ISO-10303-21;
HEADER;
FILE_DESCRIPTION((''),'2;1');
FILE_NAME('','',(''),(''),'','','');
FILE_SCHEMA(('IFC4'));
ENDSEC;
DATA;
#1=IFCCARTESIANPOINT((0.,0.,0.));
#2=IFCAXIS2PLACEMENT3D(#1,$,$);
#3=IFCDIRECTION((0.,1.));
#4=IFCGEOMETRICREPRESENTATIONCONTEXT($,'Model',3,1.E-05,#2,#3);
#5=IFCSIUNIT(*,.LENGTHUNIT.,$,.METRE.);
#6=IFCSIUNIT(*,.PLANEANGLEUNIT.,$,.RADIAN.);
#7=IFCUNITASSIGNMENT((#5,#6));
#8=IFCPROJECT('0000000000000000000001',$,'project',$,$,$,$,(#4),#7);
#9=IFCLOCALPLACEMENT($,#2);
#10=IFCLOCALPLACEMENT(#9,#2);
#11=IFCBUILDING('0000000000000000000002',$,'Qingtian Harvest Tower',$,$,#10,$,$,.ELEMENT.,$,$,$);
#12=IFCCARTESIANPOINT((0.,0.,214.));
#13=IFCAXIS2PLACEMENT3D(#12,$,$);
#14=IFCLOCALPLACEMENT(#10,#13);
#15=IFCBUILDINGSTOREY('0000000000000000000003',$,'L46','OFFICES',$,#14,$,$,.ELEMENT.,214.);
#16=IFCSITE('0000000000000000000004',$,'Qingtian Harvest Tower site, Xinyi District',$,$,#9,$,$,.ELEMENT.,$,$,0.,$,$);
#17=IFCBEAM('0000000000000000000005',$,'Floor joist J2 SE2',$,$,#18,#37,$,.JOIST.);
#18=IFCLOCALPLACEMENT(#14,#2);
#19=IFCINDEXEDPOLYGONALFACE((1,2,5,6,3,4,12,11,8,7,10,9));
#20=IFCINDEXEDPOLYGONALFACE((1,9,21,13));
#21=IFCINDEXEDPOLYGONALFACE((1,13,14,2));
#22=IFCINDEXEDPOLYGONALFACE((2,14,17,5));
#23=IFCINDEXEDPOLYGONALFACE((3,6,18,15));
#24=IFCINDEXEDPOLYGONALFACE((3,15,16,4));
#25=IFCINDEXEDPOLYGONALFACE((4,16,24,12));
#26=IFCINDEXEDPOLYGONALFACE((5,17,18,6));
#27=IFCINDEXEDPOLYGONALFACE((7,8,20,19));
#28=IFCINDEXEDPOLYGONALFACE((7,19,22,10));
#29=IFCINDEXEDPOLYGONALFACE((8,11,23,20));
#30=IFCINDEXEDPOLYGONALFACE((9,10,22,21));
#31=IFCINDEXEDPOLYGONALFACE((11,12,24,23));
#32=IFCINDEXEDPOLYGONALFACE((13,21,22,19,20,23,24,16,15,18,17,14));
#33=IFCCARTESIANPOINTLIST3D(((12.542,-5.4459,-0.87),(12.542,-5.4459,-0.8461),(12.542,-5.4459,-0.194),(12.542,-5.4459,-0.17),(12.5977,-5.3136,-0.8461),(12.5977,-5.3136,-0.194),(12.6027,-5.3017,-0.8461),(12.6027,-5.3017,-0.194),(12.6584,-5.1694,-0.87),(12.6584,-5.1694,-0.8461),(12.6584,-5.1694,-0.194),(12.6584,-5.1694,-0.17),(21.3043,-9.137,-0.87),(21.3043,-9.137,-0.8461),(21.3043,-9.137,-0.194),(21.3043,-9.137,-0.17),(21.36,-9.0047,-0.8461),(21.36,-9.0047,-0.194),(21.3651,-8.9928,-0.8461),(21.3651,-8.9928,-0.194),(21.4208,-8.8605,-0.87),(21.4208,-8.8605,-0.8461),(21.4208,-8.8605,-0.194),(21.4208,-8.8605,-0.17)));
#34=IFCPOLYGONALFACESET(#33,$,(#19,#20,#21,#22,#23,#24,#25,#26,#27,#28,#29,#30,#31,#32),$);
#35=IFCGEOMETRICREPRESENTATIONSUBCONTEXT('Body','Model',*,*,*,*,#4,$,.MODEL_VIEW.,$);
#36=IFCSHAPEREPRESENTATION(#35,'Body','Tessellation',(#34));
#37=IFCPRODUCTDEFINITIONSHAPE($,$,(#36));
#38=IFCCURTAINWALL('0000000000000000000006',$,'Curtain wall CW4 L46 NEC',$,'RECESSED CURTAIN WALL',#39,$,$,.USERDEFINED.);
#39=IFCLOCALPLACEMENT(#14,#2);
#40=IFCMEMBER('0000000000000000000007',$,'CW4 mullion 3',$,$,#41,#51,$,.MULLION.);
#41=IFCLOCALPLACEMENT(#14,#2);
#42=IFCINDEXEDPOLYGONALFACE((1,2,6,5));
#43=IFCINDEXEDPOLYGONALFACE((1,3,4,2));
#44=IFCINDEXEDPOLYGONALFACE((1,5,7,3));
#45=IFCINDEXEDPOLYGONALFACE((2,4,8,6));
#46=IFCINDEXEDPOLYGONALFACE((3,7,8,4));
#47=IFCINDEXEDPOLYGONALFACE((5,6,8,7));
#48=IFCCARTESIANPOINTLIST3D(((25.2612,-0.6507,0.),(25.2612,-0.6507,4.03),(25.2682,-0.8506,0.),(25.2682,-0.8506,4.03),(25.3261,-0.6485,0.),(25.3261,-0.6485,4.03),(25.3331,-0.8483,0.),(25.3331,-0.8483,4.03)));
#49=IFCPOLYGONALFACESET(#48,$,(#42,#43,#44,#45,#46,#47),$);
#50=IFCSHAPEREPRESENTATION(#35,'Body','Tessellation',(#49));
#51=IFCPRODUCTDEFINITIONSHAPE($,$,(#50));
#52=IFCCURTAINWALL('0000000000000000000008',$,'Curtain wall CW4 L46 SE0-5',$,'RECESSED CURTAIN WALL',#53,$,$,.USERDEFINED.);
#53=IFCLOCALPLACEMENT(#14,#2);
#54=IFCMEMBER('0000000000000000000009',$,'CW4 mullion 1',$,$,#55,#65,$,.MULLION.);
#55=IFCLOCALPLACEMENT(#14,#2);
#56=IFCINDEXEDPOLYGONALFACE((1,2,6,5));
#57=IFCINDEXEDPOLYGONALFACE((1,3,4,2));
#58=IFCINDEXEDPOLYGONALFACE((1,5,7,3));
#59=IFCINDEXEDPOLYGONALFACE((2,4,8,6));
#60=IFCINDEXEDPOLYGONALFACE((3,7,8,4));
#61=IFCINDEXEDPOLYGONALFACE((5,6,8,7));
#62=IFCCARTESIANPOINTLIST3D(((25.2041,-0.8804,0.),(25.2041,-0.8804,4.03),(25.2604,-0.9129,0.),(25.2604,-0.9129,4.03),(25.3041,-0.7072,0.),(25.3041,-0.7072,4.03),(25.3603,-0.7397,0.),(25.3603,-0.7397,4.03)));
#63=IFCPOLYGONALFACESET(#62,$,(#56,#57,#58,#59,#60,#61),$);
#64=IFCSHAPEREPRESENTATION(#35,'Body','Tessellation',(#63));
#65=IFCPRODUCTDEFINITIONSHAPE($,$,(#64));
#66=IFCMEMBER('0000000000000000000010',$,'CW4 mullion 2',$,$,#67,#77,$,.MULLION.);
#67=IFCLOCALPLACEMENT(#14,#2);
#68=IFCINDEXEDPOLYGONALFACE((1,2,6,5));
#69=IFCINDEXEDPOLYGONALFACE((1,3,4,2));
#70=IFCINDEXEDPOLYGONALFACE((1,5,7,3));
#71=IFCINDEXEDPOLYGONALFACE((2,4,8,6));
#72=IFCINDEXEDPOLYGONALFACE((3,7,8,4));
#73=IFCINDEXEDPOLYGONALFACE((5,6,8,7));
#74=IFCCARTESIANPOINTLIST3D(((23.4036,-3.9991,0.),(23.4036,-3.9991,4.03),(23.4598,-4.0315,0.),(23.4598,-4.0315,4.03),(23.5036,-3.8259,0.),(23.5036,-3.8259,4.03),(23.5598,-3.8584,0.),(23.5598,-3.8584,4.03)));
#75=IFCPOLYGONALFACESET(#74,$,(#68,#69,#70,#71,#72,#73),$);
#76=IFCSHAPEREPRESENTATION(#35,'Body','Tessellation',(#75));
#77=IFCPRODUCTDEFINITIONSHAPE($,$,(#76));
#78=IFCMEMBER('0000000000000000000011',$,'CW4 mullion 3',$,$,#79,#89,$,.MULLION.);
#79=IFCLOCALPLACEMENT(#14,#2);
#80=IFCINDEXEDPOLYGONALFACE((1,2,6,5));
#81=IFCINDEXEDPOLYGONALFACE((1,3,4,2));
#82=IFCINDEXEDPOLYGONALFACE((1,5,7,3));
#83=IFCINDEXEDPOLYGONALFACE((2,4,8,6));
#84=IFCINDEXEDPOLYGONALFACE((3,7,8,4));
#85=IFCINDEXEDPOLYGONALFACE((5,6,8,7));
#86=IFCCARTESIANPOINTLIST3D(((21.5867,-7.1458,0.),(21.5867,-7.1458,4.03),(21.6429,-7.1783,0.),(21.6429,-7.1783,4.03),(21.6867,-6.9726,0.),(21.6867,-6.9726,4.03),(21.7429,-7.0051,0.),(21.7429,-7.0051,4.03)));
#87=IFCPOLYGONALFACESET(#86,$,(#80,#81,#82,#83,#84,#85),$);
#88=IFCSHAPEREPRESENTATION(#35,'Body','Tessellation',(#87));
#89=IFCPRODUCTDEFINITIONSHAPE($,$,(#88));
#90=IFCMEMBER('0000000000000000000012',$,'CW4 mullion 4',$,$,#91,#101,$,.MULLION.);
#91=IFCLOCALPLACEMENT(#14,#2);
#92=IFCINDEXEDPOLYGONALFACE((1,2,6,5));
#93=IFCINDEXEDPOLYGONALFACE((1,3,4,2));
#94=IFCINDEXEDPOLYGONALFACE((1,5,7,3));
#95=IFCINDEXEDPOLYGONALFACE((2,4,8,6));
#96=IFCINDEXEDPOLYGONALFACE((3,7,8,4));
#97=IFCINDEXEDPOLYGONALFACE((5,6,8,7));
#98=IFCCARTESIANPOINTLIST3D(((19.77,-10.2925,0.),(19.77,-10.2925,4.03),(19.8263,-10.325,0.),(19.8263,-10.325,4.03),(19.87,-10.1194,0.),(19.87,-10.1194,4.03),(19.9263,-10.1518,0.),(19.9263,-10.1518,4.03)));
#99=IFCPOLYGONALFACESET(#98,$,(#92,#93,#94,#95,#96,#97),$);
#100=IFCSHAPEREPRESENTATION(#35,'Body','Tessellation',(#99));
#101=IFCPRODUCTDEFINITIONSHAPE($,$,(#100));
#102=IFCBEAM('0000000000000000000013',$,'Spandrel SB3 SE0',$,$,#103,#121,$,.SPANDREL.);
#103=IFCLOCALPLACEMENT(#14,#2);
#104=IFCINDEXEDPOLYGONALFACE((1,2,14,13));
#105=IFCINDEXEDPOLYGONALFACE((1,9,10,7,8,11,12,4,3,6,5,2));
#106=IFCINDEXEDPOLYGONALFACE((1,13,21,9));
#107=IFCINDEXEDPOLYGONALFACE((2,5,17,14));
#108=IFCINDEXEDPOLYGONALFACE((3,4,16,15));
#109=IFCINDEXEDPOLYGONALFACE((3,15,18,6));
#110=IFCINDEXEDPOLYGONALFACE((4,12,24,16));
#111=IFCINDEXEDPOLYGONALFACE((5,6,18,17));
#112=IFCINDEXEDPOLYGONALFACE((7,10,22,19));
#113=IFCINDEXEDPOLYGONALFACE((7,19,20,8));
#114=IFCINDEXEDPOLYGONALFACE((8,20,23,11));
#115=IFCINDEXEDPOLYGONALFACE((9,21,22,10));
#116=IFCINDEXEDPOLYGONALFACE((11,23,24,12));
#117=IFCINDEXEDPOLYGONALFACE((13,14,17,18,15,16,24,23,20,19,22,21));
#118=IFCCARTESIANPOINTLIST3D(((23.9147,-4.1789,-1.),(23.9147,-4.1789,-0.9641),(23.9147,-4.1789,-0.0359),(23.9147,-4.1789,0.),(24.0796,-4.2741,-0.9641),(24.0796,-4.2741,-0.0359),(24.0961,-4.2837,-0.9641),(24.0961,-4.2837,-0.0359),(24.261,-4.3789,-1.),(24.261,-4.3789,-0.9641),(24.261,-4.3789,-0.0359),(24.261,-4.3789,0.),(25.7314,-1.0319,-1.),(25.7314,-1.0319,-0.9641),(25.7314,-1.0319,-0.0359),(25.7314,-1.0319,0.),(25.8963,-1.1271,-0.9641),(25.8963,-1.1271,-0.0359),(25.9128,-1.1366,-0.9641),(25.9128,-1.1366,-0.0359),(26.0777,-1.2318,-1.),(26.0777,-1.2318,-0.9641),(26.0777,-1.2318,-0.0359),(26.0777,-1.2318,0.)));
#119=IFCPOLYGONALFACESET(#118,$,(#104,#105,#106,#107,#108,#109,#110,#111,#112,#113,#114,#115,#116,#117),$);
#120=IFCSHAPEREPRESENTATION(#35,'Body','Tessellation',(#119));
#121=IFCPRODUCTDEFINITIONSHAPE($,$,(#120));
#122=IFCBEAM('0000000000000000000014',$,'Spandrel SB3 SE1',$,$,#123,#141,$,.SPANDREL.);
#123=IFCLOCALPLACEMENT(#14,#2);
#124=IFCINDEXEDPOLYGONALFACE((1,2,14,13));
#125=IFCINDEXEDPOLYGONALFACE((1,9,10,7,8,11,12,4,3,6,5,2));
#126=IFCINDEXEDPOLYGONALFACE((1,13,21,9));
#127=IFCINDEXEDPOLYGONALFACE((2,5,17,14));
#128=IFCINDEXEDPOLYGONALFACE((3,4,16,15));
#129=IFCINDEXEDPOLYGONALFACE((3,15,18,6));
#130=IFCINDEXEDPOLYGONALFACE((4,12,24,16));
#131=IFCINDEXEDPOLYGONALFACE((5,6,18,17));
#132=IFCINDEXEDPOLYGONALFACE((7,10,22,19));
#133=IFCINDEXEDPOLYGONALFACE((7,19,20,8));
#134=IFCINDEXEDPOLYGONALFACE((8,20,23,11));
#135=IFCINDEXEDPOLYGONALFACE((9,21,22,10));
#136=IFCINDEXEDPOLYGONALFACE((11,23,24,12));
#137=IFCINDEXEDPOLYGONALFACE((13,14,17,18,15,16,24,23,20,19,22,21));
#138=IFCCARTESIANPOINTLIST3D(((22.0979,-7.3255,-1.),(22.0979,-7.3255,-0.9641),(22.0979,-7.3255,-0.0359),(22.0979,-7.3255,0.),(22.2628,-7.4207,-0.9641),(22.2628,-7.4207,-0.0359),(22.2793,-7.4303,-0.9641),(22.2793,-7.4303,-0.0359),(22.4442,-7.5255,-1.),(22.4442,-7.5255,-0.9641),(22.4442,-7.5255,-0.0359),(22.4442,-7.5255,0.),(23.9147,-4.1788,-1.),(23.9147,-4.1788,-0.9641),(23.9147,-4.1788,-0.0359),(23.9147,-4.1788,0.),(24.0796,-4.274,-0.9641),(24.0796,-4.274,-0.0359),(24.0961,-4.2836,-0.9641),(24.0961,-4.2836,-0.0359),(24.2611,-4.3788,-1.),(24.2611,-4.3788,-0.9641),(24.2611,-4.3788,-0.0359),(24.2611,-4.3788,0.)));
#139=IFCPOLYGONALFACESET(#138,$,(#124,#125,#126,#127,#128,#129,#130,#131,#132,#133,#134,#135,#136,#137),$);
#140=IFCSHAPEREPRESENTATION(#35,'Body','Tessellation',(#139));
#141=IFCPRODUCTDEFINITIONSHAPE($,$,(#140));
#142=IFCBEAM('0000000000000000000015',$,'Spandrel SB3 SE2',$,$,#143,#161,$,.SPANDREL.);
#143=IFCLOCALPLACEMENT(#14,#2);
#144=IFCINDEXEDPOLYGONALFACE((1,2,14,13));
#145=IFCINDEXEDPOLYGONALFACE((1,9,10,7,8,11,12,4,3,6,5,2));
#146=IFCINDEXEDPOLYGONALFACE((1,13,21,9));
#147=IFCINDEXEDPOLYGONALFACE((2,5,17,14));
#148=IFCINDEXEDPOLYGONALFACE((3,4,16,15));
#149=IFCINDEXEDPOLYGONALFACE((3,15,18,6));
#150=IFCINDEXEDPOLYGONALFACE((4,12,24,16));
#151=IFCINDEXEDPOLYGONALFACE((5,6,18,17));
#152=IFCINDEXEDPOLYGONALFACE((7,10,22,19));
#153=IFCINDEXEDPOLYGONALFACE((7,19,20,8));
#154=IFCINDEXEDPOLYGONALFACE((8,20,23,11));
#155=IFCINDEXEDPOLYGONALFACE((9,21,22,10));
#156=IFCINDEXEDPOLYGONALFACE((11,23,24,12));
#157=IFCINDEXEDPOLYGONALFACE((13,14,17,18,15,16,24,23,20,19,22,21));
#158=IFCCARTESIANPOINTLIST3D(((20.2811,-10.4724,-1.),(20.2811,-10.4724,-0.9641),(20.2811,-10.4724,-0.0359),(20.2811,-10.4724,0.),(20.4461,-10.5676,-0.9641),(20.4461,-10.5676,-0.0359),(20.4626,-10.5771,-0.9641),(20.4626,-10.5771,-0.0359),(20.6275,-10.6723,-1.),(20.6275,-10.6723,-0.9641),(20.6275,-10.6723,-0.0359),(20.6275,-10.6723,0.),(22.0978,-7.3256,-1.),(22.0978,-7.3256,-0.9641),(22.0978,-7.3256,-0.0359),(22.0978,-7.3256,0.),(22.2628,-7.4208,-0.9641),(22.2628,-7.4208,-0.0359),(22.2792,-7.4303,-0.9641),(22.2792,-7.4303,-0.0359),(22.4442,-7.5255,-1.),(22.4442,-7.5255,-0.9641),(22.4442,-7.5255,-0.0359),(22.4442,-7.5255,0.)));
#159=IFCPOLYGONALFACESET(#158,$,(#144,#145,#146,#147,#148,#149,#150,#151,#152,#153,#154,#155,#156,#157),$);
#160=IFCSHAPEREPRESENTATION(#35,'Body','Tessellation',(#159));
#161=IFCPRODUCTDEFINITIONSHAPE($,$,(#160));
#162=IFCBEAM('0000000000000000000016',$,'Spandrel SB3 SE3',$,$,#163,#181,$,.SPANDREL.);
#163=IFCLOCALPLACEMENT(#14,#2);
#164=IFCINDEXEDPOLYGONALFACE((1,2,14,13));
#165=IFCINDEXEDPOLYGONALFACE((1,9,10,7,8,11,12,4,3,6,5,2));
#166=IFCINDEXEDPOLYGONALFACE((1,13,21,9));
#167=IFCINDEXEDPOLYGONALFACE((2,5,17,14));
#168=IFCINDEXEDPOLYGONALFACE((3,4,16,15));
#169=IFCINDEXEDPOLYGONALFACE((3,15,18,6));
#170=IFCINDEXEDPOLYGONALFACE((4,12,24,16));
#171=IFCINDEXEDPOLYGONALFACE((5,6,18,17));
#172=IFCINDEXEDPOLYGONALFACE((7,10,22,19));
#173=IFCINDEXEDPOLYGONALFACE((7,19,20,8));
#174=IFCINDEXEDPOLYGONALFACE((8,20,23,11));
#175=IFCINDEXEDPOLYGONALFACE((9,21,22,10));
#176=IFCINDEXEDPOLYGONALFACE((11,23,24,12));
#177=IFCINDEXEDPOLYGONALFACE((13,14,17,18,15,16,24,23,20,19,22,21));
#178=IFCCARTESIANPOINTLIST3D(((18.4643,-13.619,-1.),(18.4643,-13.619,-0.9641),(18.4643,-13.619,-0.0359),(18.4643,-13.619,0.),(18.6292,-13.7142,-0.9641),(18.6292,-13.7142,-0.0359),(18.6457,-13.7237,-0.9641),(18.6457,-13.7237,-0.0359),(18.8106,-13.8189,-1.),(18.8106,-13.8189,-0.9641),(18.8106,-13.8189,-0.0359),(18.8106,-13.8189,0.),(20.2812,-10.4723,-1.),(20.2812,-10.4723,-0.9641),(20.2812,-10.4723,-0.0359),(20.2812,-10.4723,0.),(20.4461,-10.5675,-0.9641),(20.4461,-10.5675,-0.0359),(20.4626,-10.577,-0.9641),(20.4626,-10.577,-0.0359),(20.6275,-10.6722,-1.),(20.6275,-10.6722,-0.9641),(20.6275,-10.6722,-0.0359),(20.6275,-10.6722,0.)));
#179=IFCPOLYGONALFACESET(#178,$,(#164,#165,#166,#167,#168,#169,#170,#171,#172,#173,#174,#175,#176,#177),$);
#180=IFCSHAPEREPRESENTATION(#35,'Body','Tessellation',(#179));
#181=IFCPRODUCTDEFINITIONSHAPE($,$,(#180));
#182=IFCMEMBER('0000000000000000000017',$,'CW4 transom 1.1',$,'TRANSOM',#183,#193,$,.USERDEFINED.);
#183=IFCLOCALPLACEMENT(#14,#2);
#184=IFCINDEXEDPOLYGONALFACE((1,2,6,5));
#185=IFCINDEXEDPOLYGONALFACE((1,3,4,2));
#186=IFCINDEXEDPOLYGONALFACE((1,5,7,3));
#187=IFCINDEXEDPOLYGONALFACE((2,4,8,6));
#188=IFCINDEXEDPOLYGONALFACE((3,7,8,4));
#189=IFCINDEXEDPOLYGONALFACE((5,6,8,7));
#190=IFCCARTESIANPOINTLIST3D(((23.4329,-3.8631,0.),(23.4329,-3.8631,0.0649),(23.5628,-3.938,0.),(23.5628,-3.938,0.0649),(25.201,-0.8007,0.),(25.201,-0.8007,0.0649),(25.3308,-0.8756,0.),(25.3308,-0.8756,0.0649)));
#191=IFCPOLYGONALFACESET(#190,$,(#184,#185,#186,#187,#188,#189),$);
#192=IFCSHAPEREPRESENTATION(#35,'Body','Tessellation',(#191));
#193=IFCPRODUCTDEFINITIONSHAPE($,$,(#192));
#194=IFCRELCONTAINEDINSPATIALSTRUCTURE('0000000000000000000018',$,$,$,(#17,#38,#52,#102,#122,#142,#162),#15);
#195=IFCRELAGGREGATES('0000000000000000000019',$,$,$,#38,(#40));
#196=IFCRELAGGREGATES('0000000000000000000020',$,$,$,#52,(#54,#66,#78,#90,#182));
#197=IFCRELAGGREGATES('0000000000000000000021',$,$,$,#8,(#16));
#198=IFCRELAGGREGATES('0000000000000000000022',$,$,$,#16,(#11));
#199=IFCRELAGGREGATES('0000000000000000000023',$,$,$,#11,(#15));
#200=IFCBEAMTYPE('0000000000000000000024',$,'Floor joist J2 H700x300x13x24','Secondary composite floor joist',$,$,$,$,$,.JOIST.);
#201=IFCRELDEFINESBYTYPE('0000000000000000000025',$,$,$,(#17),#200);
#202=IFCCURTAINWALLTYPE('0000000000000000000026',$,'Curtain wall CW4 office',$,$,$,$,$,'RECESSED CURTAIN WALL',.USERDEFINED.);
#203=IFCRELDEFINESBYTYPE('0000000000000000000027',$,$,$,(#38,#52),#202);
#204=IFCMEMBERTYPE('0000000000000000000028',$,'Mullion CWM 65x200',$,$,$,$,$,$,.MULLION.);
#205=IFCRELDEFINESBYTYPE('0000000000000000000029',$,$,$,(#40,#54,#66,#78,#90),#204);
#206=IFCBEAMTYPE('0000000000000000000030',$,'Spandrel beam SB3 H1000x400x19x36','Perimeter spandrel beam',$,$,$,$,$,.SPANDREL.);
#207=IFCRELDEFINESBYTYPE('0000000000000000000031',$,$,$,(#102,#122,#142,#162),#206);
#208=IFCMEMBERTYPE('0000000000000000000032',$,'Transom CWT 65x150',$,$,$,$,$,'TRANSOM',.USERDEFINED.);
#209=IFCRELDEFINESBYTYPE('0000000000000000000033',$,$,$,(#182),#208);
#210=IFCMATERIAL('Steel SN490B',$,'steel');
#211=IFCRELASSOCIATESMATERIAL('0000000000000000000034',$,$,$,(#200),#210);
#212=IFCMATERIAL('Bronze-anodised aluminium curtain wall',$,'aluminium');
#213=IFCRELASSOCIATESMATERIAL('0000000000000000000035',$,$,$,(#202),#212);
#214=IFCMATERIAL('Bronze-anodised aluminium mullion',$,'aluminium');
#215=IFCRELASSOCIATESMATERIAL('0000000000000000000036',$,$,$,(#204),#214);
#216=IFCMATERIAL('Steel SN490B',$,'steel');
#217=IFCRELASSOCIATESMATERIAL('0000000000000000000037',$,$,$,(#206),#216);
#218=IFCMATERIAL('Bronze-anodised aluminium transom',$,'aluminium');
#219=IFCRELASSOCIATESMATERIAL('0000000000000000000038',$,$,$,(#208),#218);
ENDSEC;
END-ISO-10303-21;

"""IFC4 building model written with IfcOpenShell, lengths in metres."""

from ifc_helpers import new_model, si_unit, direction, frame, origin, origin_2d, place, context, subcontext, project, spatial, rectangle, i_section, extrude, material, material_profile, profile_set, type_object, element, aggregate, save


model = new_model("IFC4")

# Units and contexts
model_context = context("Model", 3, precision=1e-05, world=origin(), true_north=direction((0.0, 1.0)))
body_context = subcontext(model_context, "Body", "Model", "MODEL_VIEW")
ifc_project = project(units=[si_unit("LENGTHUNIT", "METRE"), si_unit("PLANEANGLEUNIT", "RADIAN")], contexts=[model_context])

# Site, building, storey
site_placement = place(None, origin())
site = spatial("IfcSite", under=ifc_project, at=site_placement, Name="Qingtian Harvest Tower site, Xinyi District", CompositionType="ELEMENT", RefElevation=0.0)
building_placement = place(site_placement, origin())
building = spatial("IfcBuilding", under=site, at=building_placement, Name="Qingtian Harvest Tower", CompositionType="ELEMENT")
storey_placement = place(building_placement, frame((0.0, 0.0, 214.0)))
storey = spatial("IfcBuildingStorey", under=building, at=storey_placement, Name="L46", Description="OFFICES", CompositionType="ELEMENT", Elevation=214.0)

# Beam
ifc_material_1 = material(Name="Steel SN490B", Category="steel")
ifc_material_profile_1 = material_profile(ifc_material_1, i_section(OverallWidth=0.3, OverallDepth=0.7, WebThickness=0.0129, FlangeThickness=0.0239, at=origin_2d()), Name="H700x300x13x24")
ifc_profile_set_1 = profile_set([ifc_material_profile_1], Name="Steel SN490B")
beam_type_1 = type_object("IfcBeamType", Name="Floor joist J2 H700x300x13x24", Description="Secondary composite floor joist", PredefinedType="JOIST", material=ifc_profile_set_1)
beam_1_placement = place(storey_placement, frame((21.3625, -8.9988, -0.52), z_axis=(-0.921571, 0.38821, 0.0), x_axis=(-0.38821, -0.921571, 0.0)))
element("IfcBeam", 1, at=beam_1_placement, inside=storey, type_object=beam_type_1, Name="Floor joist J2 SE2", PredefinedType="JOIST", context=body_context, shape_type="SweptSolid", body=[
    extrude(i_section(OverallWidth=0.3, OverallDepth=0.7, WebThickness=0.0129, FlangeThickness=0.0239, at=origin_2d()), origin(), (0.0, 0.0, 1.0), 9.5081),
])

# Curtain wall, member
ifc_material_2 = material(Name="Bronze-anodised aluminium curtain wall", Category="aluminium")
curtain_wall_type = type_object("IfcCurtainWallType", Name="Curtain wall CW4 office", ElementType="RECESSED CURTAIN WALL", PredefinedType="USERDEFINED", material=ifc_material_2)
curtain_wall_1_placement = place(storey_placement, origin())
curtain_wall_1 = element("IfcCurtainWall", 2, at=curtain_wall_1_placement, inside=storey, type_object=curtain_wall_type, Name="Curtain wall CW4 L46 NEC", ObjectType="RECESSED CURTAIN WALL", PredefinedType="USERDEFINED")
ifc_material_3 = material(Name="Bronze-anodised aluminium mullion", Category="aluminium")
ifc_material_profile_2 = material_profile(ifc_material_3, rectangle(XDim=0.0649, YDim=0.2, at=origin_2d()), Name="AL 65x200")
ifc_profile_set_2 = profile_set([ifc_material_profile_2], Name="Bronze-anodised aluminium mullion")
member_type_1 = type_object("IfcMemberType", Name="Mullion CWM 65x200", PredefinedType="MULLION", material=ifc_profile_set_2)
member_1_placement = place(storey_placement, frame((25.2971, -0.7495, 0.0), z_axis=(0.0, 0.0, 1.0), x_axis=(0.999391, 0.034899, 0.0)))
member_1 = element("IfcMember", 3, at=member_1_placement, type_object=member_type_1, Name="CW4 mullion 3", PredefinedType="MULLION", context=body_context, shape_type="SweptSolid", body=[
    extrude(rectangle(XDim=0.0649, YDim=0.2, at=origin_2d()), origin(), (0.0, 0.0, 1.0), 4.03),
])
aggregate(curtain_wall_1, [member_1])

# Curtain wall, members
curtain_wall_2_placement = place(storey_placement, origin())
curtain_wall_2 = element("IfcCurtainWall", 4, at=curtain_wall_2_placement, inside=storey, type_object=curtain_wall_type, Name="Curtain wall CW4 L46 SE0-5", ObjectType="RECESSED CURTAIN WALL", PredefinedType="USERDEFINED")
member_2_placement = place(storey_placement, frame((25.2822, -0.8101, 0.0), z_axis=(0.0, 0.0, 1.0), x_axis=(0.866025, -0.5, 0.0)))
member_2 = element("IfcMember", 5, at=member_2_placement, type_object=member_type_1, Name="CW4 mullion 1", PredefinedType="MULLION", context=body_context, shape_type="SweptSolid", body=[
    extrude(rectangle(XDim=0.0649, YDim=0.2, at=origin_2d()), origin(), (0.0, 0.0, 1.0), 4.03),
])
member_3_placement = place(storey_placement, frame((23.4817, -3.9287, 0.0), z_axis=(0.0, 0.0, 1.0), x_axis=(0.866025, -0.5, 0.0)))
member_3 = element("IfcMember", 6, at=member_3_placement, type_object=member_type_1, Name="CW4 mullion 2", PredefinedType="MULLION", context=body_context, shape_type="SweptSolid", body=[
    extrude(rectangle(XDim=0.0649, YDim=0.2, at=origin_2d()), origin(), (0.0, 0.0, 1.0), 4.03),
])
member_4_placement = place(storey_placement, frame((21.6648, -7.0754, 0.0), z_axis=(0.0, 0.0, 1.0), x_axis=(0.866025, -0.5, 0.0)))
member_4 = element("IfcMember", 7, at=member_4_placement, type_object=member_type_1, Name="CW4 mullion 3", PredefinedType="MULLION", context=body_context, shape_type="SweptSolid", body=[
    extrude(rectangle(XDim=0.0649, YDim=0.2, at=origin_2d()), origin(), (0.0, 0.0, 1.0), 4.03),
])
member_5_placement = place(storey_placement, frame((19.8481, -10.2222, 0.0), z_axis=(0.0, 0.0, 1.0), x_axis=(0.866025, -0.5, 0.0)))
member_5 = element("IfcMember", 8, at=member_5_placement, type_object=member_type_1, Name="CW4 mullion 4", PredefinedType="MULLION", context=body_context, shape_type="SweptSolid", body=[
    extrude(rectangle(XDim=0.0649, YDim=0.2, at=origin_2d()), origin(), (0.0, 0.0, 1.0), 4.03),
])

# Beams
ifc_material_4 = material(Name="Steel SN490B", Category="steel")
ifc_material_profile_3 = material_profile(ifc_material_4, i_section(OverallWidth=0.3999, OverallDepth=1.0, WebThickness=0.019, FlangeThickness=0.0359, at=origin_2d()), Name="H1000x400x19x36")
ifc_profile_set_3 = profile_set([ifc_material_profile_3], Name="Steel SN490B")
beam_type_2 = type_object("IfcBeamType", Name="Spandrel beam SB3 H1000x400x19x36", Description="Perimeter spandrel beam", PredefinedType="SPANDREL", material=ifc_profile_set_3)
beam_2_placement = place(storey_placement, frame((25.9045, -1.1318, -0.5), z_axis=(-0.499947, -0.866056, 0.0), x_axis=(0.866056, -0.499947, 0.0)))
element("IfcBeam", 9, at=beam_2_placement, inside=storey, type_object=beam_type_2, Name="Spandrel SB3 SE0", PredefinedType="SPANDREL", context=body_context, shape_type="SweptSolid", body=[
    extrude(i_section(OverallWidth=0.3999, OverallDepth=1.0, WebThickness=0.019, FlangeThickness=0.0359, at=origin_2d()), origin(), (0.0, 0.0, 1.0), 3.6338),
])
for number, where, z_axis, x_axis, name in (
    (10, (24.0879, -4.2788, -0.5), (-0.500027, -0.86601, 0.0), (0.86601, -0.500027, 0.0), "Spandrel SB3 SE1"),
    (11, (22.271, -7.4255, -0.5), (-0.499976, -0.866039, 0.0), (0.866039, -0.499976, 0.0), "Spandrel SB3 SE2"),
    (12, (20.4543, -10.5723, -0.5), (-0.500027, -0.86601, 0.0), (0.86601, -0.500027, 0.0), "Spandrel SB3 SE3"),
):
    element("IfcBeam", number, at=place(storey_placement, frame(where, z_axis=z_axis, x_axis=x_axis)), inside=storey, type_object=beam_type_2, Name=name, PredefinedType="SPANDREL", context=body_context, shape_type="SweptSolid", body=[
        extrude(i_section(OverallWidth=0.3999, OverallDepth=1.0, WebThickness=0.019, FlangeThickness=0.0359, at=origin_2d()), origin(), (0.0, 0.0, 1.0), 3.6335),
    ])

# Member
ifc_material_5 = material(Name="Bronze-anodised aluminium transom", Category="aluminium")
ifc_material_profile_4 = material_profile(ifc_material_5, rectangle(XDim=0.1499, YDim=0.0649, at=origin_2d()), Name="AL 65x150")
ifc_profile_set_4 = profile_set([ifc_material_profile_4], Name="Bronze-anodised aluminium transom")
member_type_2 = type_object("IfcMemberType", Name="Transom CWT 65x150", ElementType="TRANSOM", PredefinedType="USERDEFINED", material=ifc_profile_set_4)
member_6_placement = place(storey_placement, frame((25.2659, -0.8381, 0.0325), z_axis=(-0.499985, -0.866034, 0.0), x_axis=(0.866034, -0.499985, 0.0)))
member_6 = element("IfcMember", 13, at=member_6_placement, type_object=member_type_2, Name="CW4 transom 1.1", ObjectType="TRANSOM", PredefinedType="USERDEFINED", context=body_context, shape_type="SweptSolid", body=[
    extrude(rectangle(XDim=0.1499, YDim=0.0649, at=origin_2d()), origin(), (0.0, 0.0, 1.0), 3.5361),
])

aggregate(curtain_wall_2, [member_2, member_3, member_4, member_5, member_6])

save(model, "model.ifc")
